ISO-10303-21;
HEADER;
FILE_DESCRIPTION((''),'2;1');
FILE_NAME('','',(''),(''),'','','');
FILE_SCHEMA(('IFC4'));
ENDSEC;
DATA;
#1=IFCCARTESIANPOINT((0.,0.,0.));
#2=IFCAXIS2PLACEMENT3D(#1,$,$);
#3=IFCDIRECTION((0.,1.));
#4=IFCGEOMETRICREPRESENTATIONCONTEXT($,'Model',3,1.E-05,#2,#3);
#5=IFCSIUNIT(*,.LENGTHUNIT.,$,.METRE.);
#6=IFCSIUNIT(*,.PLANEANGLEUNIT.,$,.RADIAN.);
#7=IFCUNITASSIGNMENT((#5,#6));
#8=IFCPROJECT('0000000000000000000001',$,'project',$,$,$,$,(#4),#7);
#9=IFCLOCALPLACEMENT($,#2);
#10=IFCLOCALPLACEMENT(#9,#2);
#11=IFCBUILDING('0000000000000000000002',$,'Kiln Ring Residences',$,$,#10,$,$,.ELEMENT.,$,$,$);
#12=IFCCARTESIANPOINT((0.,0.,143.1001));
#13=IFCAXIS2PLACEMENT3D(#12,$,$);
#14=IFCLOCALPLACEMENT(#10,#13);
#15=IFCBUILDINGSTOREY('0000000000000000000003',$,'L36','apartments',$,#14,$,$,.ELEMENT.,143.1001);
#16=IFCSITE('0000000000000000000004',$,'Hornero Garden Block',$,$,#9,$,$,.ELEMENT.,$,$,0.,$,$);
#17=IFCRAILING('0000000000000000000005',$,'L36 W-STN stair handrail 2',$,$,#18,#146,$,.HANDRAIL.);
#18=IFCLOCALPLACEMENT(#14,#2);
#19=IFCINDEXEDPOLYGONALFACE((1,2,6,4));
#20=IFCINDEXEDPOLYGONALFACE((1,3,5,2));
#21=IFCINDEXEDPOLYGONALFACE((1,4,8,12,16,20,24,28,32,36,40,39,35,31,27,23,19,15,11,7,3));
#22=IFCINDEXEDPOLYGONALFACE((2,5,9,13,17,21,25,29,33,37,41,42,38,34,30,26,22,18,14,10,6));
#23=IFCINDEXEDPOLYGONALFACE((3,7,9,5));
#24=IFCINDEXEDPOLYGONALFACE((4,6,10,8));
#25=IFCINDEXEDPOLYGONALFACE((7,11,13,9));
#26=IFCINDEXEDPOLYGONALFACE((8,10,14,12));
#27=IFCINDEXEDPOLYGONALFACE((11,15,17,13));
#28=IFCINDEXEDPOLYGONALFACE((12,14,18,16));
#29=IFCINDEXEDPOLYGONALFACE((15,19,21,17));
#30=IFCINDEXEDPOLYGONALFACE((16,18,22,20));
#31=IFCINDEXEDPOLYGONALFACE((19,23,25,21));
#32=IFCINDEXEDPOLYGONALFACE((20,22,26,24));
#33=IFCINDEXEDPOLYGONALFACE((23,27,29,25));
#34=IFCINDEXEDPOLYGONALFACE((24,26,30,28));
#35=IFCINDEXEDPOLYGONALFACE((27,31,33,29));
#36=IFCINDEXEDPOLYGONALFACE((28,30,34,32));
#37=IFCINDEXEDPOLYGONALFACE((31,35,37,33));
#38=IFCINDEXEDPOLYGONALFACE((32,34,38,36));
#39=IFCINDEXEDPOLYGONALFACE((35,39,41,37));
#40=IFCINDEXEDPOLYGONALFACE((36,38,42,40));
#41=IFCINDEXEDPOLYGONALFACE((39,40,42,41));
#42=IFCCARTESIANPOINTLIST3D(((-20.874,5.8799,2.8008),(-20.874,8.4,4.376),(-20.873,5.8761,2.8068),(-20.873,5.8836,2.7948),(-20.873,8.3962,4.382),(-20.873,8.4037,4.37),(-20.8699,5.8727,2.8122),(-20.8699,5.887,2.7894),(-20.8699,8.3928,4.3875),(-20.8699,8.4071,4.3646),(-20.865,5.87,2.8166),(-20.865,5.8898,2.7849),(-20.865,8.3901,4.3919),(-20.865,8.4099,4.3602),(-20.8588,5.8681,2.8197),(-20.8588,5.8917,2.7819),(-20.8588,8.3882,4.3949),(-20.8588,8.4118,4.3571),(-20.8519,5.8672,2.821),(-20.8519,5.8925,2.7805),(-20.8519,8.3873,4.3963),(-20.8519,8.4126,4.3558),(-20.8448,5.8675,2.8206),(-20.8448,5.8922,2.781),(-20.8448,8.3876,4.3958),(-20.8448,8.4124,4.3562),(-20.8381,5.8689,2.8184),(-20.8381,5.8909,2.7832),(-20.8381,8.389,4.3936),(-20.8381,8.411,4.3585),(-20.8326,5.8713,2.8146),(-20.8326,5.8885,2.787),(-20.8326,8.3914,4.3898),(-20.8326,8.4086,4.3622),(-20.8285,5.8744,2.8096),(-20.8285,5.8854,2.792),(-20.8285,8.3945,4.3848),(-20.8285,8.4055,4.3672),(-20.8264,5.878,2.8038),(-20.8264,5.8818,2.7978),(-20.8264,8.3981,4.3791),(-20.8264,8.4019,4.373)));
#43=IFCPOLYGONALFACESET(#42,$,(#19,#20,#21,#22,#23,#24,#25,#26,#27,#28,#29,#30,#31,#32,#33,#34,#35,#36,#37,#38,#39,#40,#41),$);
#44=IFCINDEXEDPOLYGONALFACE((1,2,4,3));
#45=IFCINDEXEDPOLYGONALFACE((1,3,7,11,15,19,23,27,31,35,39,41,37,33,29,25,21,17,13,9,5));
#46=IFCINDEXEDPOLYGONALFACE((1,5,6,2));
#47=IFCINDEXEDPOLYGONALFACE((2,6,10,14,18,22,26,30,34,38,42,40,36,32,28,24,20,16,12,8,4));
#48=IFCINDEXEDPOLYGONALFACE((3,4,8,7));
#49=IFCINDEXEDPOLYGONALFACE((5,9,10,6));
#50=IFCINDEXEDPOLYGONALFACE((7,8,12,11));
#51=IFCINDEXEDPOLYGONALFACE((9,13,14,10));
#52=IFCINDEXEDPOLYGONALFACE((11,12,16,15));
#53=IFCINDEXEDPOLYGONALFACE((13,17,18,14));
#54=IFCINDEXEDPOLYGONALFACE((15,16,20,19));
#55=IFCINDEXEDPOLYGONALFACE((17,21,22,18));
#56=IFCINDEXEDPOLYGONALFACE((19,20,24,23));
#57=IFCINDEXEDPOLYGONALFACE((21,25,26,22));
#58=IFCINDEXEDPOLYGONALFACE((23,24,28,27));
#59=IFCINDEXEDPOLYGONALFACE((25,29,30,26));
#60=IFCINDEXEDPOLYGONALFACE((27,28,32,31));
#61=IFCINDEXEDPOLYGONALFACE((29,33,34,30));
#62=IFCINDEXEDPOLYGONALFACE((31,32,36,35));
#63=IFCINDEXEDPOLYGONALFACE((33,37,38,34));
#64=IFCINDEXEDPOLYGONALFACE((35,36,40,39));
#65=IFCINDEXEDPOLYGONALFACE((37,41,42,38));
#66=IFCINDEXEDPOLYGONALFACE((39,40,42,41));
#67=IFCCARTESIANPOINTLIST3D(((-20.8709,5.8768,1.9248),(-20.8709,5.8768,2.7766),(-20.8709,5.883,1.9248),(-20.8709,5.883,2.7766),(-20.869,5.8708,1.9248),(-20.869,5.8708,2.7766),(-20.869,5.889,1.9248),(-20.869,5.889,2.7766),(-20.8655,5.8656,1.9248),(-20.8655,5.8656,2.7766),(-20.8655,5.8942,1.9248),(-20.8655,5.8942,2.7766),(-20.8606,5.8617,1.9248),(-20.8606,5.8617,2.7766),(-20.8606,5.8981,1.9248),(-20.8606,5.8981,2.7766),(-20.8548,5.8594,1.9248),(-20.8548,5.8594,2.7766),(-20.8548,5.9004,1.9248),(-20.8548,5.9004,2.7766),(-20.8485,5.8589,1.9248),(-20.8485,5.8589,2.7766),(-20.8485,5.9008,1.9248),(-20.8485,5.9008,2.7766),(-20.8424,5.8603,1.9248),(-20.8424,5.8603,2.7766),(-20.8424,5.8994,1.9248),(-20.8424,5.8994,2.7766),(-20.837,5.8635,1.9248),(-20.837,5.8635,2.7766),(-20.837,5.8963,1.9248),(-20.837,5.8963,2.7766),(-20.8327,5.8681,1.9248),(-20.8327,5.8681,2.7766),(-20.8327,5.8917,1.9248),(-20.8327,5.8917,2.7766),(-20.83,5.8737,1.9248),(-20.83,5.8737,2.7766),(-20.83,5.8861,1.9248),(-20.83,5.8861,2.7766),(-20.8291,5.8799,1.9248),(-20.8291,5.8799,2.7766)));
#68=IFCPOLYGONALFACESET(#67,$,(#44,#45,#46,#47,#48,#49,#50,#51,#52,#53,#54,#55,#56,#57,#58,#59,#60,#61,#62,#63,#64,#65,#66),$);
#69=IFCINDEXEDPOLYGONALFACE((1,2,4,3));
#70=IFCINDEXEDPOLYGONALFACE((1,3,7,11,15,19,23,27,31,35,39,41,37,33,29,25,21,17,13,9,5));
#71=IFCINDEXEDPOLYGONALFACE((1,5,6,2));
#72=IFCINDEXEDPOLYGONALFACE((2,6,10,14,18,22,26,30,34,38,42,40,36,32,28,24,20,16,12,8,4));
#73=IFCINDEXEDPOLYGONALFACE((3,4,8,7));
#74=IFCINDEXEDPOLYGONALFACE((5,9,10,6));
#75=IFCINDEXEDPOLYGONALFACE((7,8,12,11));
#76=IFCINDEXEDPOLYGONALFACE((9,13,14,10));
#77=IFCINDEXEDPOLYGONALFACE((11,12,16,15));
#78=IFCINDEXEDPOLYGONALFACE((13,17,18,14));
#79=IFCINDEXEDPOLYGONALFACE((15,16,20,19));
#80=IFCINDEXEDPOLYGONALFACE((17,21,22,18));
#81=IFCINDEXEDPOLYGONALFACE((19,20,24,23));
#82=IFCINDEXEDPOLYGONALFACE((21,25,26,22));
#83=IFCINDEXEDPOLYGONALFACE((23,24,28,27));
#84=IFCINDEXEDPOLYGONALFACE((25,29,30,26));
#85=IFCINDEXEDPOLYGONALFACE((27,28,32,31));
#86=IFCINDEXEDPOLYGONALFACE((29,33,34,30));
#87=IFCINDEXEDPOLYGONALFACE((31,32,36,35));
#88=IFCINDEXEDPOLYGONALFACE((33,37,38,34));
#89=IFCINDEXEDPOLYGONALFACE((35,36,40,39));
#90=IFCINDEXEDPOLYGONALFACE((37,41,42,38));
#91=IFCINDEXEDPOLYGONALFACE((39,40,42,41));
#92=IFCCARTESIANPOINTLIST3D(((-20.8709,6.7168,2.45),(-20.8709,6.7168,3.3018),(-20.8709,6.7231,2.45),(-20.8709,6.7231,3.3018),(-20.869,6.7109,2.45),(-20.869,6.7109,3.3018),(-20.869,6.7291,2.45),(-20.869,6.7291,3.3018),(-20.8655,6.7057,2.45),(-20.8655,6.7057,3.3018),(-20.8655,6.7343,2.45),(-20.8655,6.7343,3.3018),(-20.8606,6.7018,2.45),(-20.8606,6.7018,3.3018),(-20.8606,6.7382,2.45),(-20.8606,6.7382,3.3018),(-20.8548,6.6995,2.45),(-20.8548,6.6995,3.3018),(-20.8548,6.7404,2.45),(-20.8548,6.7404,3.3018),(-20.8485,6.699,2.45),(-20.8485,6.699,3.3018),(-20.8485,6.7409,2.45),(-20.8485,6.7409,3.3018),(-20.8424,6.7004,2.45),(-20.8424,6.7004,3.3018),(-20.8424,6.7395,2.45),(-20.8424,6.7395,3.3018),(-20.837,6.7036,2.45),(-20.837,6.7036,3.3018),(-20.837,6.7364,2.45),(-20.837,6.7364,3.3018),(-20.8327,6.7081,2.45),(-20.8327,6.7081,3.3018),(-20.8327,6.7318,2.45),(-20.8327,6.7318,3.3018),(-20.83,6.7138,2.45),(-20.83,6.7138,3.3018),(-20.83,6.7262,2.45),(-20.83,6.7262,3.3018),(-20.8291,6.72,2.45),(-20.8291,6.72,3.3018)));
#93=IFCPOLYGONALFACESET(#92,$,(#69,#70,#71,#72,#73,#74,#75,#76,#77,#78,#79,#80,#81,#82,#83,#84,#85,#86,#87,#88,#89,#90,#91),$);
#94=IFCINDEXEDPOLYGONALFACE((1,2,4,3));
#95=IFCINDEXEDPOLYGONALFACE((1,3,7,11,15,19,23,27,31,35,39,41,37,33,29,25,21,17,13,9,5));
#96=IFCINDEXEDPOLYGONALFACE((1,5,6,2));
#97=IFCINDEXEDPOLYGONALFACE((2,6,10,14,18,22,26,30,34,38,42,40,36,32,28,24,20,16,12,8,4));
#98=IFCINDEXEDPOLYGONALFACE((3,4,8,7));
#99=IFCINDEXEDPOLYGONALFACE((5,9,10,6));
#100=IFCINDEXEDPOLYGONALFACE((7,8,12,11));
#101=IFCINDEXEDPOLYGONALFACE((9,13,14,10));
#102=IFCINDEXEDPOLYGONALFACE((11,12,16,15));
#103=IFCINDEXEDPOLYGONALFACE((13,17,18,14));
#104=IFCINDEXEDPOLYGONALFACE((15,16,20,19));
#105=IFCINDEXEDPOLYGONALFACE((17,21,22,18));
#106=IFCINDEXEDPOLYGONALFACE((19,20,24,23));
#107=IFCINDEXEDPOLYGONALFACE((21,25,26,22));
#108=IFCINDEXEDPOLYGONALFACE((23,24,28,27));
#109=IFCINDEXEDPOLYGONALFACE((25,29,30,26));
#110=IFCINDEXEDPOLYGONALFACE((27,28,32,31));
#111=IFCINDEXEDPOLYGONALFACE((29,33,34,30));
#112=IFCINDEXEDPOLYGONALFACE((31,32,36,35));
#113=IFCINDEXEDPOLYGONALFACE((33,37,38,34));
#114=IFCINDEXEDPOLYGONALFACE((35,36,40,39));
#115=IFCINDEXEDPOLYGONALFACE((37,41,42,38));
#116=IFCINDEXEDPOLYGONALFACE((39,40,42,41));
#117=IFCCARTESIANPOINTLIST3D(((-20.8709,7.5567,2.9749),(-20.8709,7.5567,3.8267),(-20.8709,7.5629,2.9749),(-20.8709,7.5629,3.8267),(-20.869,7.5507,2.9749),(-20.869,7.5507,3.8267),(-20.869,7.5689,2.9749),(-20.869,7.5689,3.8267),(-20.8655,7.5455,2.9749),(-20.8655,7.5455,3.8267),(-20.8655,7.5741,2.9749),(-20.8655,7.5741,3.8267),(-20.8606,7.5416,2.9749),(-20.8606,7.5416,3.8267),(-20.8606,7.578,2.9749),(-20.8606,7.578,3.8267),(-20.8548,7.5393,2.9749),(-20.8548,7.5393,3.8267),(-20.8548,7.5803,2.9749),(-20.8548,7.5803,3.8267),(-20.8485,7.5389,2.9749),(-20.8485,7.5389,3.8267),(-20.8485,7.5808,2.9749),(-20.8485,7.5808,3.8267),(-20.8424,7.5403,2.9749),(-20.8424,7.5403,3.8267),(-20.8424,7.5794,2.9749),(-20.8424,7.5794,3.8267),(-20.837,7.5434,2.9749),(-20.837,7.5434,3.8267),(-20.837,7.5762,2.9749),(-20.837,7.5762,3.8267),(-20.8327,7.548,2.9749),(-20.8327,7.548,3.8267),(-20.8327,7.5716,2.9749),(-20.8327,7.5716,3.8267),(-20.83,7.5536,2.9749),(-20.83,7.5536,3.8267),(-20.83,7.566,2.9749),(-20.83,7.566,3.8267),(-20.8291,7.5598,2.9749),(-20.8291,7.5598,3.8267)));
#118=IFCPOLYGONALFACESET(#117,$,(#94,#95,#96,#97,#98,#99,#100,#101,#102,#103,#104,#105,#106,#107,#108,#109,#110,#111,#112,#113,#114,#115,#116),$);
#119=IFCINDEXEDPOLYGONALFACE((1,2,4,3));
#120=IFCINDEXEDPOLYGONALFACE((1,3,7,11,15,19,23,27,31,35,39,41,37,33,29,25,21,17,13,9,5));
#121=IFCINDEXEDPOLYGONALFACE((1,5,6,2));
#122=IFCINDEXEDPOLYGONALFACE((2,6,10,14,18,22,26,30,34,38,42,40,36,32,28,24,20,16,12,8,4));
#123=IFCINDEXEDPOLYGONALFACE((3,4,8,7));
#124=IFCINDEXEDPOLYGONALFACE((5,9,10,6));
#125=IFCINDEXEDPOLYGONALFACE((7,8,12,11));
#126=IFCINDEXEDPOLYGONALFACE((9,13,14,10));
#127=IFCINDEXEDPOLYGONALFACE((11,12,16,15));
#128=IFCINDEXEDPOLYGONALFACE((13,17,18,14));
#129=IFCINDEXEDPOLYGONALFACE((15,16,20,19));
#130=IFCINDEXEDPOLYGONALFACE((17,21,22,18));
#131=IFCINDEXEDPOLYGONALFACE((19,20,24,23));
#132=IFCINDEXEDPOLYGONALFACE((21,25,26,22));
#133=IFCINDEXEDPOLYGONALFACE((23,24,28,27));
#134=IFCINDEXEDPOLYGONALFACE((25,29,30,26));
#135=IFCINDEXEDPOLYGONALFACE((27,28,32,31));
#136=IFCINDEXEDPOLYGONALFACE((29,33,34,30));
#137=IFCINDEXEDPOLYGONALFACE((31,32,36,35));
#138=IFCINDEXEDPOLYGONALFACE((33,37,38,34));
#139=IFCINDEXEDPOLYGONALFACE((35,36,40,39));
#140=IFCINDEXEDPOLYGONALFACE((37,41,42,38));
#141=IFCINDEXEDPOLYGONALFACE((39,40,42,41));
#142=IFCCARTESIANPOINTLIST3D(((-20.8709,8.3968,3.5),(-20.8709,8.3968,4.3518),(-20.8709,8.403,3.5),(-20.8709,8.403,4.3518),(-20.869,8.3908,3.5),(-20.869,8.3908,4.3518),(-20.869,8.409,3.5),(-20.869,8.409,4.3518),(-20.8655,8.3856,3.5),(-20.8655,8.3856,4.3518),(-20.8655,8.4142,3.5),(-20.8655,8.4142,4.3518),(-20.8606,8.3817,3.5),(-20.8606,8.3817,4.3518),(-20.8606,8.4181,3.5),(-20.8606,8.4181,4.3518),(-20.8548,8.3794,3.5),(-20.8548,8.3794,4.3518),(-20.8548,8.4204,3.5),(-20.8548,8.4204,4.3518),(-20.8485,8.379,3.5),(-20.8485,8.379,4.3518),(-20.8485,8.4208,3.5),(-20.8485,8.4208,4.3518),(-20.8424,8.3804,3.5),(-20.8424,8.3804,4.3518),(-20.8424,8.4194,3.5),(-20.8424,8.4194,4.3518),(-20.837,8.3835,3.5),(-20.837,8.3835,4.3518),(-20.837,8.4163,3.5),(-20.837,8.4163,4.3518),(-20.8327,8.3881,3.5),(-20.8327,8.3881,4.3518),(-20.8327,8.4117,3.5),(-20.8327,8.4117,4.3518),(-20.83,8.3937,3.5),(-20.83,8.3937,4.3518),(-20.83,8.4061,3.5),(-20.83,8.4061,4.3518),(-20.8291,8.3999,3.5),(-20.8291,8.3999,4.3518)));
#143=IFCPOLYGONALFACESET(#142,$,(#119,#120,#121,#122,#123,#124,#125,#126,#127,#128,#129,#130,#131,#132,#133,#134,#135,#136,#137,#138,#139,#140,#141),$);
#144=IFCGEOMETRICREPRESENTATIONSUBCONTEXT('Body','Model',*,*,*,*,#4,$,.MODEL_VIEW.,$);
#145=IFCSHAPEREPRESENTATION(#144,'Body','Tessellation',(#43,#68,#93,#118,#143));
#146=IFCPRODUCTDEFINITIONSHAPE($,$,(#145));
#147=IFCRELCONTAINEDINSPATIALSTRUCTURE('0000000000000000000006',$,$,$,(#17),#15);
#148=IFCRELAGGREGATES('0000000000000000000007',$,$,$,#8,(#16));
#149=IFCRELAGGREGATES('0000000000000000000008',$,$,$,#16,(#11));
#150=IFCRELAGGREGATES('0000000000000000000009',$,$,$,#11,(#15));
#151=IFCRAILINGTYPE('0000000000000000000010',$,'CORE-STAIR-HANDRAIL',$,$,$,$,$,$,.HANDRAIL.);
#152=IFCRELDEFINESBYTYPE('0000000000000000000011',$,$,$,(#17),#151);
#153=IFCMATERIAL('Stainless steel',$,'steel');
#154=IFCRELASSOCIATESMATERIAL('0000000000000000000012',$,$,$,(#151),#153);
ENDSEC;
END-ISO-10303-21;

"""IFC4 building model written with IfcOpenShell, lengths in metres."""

from ifc_helpers import new_model, si_unit, direction, frame, origin, origin_2d, place, context, subcontext, project, spatial, circle, extrude, material, type_object, element, save


model = new_model("IFC4")

# Units and contexts
model_context = context("Model", 3, precision=1e-05, world=origin(), true_north=direction((0.0, 1.0)))
body_context = subcontext(model_context, "Body", "Model", "MODEL_VIEW")
ifc_project = project(units=[si_unit("LENGTHUNIT", "METRE"), si_unit("PLANEANGLEUNIT", "RADIAN")], contexts=[model_context])

# Site, building, storey
site_placement = place(None, origin())
site = spatial("IfcSite", under=ifc_project, at=site_placement, Name="Hornero Garden Block", CompositionType="ELEMENT", RefElevation=0.0)
building_placement = place(site_placement, origin())
building = spatial("IfcBuilding", under=site, at=building_placement, Name="Kiln Ring Residences", CompositionType="ELEMENT")
storey_placement = place(building_placement, frame((0.0, 0.0, 143.1001)))
storey = spatial("IfcBuildingStorey", under=building, at=storey_placement, Name="L36", Description="apartments", CompositionType="ELEMENT", Elevation=143.1001)

# Railing
ifc_material_1 = material(Name="Stainless steel", Category="steel")
railing_type_1 = type_object("IfcRailingType", Name="CORE-STAIR-HANDRAIL", PredefinedType="HANDRAIL", material=ifc_material_1)
railing_1_placement = place(storey_placement, frame((-20.8501, 5.8799, 1.9248)))
element("IfcRailing", 1, at=railing_1_placement, inside=storey, type_object=railing_type_1, Name="L36 W-STN stair handrail 2", PredefinedType="HANDRAIL", context=body_context, shape_type="SweptSolid", body=[
    extrude(circle(Radius=0.0239, at=origin_2d()), frame((0.0, 0.0, 0.876), z_axis=(0.0, 0.847971, 0.530043), x_axis=(-1.0, 0.0, 0.0)), (0.0, 0.0, 1.0), 2.9719),
    extrude(circle(Radius=0.021, at=origin_2d()), origin(), (0.0, 0.0, 1.0), 0.8518),
    extrude(circle(Radius=0.021, at=origin_2d()), frame((0.0, 0.8401, 0.5251)), (0.0, 0.0, 1.0), 0.8518),
    extrude(circle(Radius=0.021, at=origin_2d()), frame((0.0, 1.6799, 1.05)), (0.0, 0.0, 1.0), 0.8518),
    extrude(circle(Radius=0.021, at=origin_2d()), frame((0.0, 2.52, 1.5752)), (0.0, 0.0, 1.0), 0.8518),
])

save(model, "model.ifc")
